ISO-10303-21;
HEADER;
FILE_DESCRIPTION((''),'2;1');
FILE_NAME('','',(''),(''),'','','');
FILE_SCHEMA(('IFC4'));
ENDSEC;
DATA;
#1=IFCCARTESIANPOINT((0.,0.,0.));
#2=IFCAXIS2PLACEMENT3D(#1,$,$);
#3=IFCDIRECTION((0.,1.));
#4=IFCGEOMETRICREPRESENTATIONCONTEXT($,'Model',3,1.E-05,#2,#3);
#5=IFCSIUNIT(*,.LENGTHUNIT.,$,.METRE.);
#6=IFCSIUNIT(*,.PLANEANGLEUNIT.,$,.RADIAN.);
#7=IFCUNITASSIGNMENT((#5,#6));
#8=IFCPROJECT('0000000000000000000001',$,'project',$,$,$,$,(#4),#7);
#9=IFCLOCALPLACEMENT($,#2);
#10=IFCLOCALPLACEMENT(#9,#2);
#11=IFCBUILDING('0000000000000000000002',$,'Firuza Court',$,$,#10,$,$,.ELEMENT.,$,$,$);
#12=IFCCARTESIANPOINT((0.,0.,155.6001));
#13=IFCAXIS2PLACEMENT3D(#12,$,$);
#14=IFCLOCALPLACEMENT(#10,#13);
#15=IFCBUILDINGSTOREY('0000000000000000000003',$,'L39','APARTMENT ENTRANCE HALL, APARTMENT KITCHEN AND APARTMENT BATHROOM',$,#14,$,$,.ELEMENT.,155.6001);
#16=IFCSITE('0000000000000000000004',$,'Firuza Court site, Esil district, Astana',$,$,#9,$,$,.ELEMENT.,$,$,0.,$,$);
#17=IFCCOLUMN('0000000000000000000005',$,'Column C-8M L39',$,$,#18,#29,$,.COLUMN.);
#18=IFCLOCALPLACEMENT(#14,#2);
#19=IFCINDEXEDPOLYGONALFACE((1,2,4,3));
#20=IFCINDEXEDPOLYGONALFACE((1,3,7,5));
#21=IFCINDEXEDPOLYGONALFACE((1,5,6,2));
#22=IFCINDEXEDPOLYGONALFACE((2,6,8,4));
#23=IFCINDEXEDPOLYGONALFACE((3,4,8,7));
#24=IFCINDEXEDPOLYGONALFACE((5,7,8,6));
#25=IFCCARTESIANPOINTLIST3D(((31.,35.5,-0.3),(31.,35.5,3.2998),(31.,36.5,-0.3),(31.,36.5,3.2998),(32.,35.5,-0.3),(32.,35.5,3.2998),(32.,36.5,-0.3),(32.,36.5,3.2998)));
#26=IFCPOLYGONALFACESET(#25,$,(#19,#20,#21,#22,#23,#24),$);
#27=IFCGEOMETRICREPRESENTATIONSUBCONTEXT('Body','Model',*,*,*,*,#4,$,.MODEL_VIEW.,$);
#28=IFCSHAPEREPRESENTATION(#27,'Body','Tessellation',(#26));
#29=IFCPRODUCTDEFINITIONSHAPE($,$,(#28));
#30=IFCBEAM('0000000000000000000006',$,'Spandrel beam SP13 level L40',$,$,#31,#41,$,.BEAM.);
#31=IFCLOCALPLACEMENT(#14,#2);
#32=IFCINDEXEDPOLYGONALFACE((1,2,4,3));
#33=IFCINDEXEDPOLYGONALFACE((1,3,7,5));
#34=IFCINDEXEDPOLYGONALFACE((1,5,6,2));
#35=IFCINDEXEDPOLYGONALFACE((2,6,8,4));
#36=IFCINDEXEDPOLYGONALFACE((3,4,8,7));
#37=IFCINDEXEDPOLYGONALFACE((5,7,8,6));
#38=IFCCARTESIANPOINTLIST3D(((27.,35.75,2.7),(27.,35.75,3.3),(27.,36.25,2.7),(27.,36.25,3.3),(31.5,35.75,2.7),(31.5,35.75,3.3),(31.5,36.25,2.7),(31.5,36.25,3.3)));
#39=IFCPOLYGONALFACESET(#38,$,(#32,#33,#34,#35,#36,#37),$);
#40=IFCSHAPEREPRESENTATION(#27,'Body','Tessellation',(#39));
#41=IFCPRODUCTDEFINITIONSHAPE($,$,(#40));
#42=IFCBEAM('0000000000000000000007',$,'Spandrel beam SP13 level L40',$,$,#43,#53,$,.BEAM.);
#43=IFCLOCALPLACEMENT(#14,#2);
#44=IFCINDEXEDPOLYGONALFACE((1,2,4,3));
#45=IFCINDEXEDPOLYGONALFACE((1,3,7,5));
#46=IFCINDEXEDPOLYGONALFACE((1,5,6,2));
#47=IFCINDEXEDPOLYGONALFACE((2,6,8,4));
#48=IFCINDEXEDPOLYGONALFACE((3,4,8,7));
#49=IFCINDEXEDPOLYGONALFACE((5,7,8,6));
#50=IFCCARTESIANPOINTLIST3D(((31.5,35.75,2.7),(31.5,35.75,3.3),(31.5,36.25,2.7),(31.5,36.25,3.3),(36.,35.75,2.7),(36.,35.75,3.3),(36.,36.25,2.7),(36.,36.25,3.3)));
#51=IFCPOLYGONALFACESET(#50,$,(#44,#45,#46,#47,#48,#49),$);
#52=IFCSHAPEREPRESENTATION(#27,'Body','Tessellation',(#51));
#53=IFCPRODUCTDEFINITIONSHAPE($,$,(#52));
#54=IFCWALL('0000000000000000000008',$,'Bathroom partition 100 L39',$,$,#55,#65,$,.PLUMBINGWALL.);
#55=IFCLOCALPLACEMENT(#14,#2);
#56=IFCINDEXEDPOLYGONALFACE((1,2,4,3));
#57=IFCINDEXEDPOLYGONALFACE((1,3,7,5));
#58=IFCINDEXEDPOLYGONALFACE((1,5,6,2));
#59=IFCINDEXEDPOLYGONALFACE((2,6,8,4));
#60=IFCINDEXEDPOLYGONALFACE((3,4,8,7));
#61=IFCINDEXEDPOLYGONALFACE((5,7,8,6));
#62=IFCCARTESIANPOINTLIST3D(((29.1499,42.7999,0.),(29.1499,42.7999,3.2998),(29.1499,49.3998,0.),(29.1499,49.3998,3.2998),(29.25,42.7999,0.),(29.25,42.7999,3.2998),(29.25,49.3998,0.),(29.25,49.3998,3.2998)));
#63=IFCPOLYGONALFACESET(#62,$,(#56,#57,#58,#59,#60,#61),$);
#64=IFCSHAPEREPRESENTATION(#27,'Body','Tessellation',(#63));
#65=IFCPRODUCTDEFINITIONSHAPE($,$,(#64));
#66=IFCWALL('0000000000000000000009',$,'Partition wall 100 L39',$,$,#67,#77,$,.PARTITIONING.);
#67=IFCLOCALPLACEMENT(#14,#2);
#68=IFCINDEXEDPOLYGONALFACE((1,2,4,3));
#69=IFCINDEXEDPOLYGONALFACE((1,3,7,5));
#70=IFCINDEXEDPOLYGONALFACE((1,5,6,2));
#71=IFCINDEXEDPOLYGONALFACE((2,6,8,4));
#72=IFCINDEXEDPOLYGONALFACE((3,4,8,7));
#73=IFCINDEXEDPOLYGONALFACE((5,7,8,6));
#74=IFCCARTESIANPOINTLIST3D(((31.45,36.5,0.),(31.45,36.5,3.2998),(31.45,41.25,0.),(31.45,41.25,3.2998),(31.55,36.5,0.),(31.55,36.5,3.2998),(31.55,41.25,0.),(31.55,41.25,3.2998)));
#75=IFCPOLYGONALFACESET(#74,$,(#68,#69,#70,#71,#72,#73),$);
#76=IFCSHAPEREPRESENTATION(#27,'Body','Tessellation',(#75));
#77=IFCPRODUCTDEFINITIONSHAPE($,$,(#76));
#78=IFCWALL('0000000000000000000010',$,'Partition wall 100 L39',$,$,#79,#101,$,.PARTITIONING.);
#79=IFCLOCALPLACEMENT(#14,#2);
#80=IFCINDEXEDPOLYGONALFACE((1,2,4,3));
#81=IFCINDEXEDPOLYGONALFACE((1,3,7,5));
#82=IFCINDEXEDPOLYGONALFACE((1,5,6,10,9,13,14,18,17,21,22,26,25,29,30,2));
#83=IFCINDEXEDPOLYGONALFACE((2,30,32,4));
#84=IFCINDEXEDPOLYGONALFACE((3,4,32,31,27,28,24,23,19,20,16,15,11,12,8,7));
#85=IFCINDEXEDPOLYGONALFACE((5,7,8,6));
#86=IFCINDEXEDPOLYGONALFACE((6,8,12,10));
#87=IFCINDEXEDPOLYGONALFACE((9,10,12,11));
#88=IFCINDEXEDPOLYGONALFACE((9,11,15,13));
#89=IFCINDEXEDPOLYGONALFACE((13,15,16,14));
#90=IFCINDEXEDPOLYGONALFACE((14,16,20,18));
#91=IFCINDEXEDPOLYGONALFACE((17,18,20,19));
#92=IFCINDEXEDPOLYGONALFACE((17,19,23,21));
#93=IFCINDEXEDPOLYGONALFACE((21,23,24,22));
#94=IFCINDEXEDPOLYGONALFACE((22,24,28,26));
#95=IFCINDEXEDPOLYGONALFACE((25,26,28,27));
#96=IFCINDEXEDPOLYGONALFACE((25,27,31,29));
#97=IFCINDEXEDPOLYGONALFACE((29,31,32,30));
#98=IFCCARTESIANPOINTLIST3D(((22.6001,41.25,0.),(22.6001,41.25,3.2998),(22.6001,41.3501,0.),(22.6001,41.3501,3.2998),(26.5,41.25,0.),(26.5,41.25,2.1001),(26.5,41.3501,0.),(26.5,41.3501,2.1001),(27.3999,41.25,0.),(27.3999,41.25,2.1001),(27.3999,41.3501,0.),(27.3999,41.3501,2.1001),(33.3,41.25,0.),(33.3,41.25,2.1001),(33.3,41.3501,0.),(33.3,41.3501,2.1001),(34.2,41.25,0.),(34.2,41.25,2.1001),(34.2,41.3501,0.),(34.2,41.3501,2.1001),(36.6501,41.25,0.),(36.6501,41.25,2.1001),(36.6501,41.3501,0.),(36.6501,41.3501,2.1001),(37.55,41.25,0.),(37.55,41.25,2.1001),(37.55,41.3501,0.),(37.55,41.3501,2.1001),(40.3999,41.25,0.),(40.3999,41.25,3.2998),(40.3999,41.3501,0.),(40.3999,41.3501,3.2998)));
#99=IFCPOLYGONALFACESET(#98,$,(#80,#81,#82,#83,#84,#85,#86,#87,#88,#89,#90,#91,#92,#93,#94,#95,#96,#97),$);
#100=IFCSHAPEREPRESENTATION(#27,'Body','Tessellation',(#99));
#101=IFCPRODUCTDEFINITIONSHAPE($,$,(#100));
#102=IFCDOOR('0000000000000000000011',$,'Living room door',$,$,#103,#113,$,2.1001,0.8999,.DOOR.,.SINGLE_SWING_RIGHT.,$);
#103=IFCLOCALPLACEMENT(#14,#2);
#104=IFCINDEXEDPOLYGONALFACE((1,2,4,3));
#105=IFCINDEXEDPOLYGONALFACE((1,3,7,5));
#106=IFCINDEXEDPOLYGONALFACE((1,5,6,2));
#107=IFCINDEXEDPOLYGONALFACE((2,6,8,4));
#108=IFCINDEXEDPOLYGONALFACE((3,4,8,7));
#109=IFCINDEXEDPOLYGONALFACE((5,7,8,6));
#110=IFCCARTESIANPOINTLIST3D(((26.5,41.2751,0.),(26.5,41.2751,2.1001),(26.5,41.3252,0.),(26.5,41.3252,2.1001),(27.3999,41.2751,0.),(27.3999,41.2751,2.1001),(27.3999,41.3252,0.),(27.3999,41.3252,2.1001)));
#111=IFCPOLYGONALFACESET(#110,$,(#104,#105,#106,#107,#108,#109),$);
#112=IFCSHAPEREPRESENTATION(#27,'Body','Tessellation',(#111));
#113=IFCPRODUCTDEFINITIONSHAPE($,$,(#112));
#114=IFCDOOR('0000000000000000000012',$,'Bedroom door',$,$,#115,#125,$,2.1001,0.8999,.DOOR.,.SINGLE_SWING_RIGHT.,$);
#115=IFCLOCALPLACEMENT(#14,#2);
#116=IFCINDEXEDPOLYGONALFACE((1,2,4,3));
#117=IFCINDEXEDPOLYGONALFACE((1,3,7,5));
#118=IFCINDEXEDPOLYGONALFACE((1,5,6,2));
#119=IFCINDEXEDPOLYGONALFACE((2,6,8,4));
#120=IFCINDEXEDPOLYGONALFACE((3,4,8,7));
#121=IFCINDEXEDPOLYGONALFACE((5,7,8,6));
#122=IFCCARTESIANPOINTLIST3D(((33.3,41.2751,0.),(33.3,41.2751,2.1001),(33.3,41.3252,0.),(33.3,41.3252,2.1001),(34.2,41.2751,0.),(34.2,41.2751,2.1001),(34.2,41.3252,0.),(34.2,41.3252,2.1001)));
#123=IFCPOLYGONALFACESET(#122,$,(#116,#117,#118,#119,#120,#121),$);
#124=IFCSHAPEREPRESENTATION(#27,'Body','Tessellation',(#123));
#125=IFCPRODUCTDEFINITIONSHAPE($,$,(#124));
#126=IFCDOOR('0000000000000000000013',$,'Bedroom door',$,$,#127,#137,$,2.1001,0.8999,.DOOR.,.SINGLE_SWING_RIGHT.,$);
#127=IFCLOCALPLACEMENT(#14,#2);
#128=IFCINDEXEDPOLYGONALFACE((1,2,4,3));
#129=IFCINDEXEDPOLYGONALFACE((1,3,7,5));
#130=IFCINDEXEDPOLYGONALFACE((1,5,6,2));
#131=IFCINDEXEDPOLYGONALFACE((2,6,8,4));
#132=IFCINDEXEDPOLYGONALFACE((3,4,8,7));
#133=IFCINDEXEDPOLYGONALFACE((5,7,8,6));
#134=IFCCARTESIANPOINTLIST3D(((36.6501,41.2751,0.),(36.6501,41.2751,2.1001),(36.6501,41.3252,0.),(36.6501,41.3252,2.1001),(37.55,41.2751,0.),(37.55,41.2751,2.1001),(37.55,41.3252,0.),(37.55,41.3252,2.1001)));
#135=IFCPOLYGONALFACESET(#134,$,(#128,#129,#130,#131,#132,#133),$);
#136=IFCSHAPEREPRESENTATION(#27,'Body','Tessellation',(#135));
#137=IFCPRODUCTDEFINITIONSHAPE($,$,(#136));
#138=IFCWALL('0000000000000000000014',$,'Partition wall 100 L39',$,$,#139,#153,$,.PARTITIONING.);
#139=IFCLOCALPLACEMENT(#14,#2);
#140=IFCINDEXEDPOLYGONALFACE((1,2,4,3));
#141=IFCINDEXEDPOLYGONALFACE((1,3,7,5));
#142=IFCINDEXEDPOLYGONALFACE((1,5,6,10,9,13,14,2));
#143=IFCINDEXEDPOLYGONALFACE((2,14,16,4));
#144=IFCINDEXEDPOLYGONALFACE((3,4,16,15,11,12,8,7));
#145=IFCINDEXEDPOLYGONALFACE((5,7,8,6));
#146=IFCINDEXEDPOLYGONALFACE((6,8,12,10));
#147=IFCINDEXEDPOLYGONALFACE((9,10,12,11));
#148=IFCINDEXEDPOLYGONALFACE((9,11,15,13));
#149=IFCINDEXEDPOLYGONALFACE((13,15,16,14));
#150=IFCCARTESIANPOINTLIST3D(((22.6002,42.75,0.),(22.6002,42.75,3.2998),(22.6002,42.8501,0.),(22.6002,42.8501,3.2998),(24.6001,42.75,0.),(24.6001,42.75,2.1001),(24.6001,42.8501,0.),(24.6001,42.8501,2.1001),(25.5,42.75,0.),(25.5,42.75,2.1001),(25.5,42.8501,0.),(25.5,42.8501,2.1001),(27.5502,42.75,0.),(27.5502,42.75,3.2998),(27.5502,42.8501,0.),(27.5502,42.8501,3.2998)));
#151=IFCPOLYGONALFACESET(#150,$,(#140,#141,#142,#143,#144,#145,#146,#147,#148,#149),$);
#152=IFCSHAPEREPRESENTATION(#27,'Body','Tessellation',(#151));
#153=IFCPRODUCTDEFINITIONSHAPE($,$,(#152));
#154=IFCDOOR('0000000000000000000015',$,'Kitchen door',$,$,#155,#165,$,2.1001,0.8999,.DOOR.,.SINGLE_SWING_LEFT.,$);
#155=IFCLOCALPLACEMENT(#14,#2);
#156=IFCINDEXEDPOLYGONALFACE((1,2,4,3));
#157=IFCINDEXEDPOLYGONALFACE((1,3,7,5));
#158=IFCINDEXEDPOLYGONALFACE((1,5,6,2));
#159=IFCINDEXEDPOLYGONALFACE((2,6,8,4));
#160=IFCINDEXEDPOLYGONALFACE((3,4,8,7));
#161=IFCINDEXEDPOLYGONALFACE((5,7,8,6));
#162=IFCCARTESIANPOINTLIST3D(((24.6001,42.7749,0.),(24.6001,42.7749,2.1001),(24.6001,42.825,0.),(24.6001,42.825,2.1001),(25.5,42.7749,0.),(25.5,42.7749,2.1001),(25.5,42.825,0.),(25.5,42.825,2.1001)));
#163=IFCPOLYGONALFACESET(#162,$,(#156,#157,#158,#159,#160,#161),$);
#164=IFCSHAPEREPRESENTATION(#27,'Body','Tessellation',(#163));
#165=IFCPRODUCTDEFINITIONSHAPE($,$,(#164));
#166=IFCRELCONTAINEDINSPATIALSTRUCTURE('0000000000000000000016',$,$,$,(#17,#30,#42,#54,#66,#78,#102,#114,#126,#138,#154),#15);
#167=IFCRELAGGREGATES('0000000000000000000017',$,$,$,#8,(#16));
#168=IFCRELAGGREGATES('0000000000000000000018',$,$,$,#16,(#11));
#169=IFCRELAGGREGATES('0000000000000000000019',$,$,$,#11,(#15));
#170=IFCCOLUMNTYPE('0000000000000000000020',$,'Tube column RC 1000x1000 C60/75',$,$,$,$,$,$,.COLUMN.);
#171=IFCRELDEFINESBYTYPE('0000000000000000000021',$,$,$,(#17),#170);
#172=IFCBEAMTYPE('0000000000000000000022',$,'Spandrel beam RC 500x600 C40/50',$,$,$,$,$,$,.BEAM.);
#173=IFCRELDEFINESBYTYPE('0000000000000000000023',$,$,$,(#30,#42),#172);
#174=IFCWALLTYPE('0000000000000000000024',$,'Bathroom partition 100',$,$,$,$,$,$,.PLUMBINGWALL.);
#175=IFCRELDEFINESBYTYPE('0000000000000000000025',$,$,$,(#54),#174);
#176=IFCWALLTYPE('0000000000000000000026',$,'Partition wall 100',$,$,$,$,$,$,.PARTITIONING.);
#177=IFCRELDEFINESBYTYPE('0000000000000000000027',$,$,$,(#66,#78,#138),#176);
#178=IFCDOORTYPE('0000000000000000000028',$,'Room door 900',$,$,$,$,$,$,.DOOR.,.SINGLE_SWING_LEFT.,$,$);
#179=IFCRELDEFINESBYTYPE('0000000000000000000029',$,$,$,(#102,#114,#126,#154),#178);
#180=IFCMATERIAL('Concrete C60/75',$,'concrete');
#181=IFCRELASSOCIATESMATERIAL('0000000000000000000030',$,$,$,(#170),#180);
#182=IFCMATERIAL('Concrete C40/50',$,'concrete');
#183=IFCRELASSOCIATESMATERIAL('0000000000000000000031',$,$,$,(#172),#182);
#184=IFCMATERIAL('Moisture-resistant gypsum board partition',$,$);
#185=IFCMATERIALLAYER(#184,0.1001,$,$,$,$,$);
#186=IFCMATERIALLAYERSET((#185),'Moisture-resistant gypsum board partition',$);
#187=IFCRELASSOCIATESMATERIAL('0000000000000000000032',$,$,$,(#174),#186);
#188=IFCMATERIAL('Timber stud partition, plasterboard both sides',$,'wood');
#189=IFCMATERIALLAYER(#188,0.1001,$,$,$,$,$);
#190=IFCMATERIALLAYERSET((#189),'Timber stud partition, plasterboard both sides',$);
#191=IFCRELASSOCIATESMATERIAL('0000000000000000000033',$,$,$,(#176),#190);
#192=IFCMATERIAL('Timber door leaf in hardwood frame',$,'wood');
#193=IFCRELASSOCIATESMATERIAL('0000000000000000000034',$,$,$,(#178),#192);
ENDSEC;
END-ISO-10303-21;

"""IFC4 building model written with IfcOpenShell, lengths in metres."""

from ifc_helpers import new_model, si_unit, direction, frame, frame_2d, origin, origin_2d, place, context, subcontext, project, spatial, rectangle, extrude, material, layer, layer_set, material_profile, profile_set, type_object, element, fill, save


model = new_model("IFC4")

# Units and contexts
model_context = context("Model", 3, precision=1e-05, world=origin(), true_north=direction((0.0, 1.0)))
body_context = subcontext(model_context, "Body", "Model", "MODEL_VIEW")
ifc_project = project(units=[si_unit("LENGTHUNIT", "METRE"), si_unit("PLANEANGLEUNIT", "RADIAN")], contexts=[model_context])

# Site, building, storey
site_placement = place(None, origin())
site = spatial("IfcSite", under=ifc_project, at=site_placement, Name="Firuza Court site, Esil district, Astana", CompositionType="ELEMENT", RefElevation=0.0)
building_placement = place(site_placement, origin())
building = spatial("IfcBuilding", under=site, at=building_placement, Name="Firuza Court", CompositionType="ELEMENT")
storey_placement = place(building_placement, frame((0.0, 0.0, 155.6001)))
storey = spatial("IfcBuildingStorey", under=building, at=storey_placement, Name="L39", Description="APARTMENT ENTRANCE HALL, APARTMENT KITCHEN AND APARTMENT BATHROOM", CompositionType="ELEMENT", Elevation=155.6001)

# Column
ifc_material_1 = material(Name="Concrete C60/75", Category="concrete")
ifc_material_profile_1 = material_profile(ifc_material_1, rectangle(XDim=1.0, YDim=1.0, at=origin_2d()), Name="RC 1000x1000")
ifc_profile_set_1 = profile_set([ifc_material_profile_1], Name="Concrete C60/75")
column_type = type_object("IfcColumnType", Name="Tube column RC 1000x1000 C60/75", PredefinedType="COLUMN", material=ifc_profile_set_1)
column_placement = place(storey_placement, frame((31.5, 36.0, -0.3), z_axis=(0.0, 0.0, 1.0), x_axis=(1.0, 0.0, 0.0)))
element("IfcColumn", 1, at=column_placement, inside=storey, type_object=column_type, Name="Column C-8M L39", PredefinedType="COLUMN", context=body_context, shape_type="SweptSolid", body=[
    extrude(rectangle(XDim=1.0, YDim=1.0, at=origin_2d()), origin(), (0.0, 0.0, 1.0), 3.5999),
])

# Beams
ifc_material_2 = material(Name="Concrete C40/50", Category="concrete")
ifc_material_profile_2 = material_profile(ifc_material_2, rectangle(XDim=0.5, YDim=0.6001, at=origin_2d()), Name="RC 500x600")
ifc_profile_set_2 = profile_set([ifc_material_profile_2], Name="Concrete C40/50")
beam_type = type_object("IfcBeamType", Name="Spandrel beam RC 500x600 C40/50", PredefinedType="BEAM", material=ifc_profile_set_2)
for number, where, z_axis, x_axis, name in (
    (2, (27.0, 36.0, 3.0), (1.0, 0.0, 0.0), (0.0, 1.0, 0.0), "Spandrel beam SP13 level L40"),
    (3, (31.5, 36.0, 3.0), (1.0, 0.0, 0.0), (0.0, 1.0, 0.0), "Spandrel beam SP13 level L40"),
):
    element("IfcBeam", number, at=place(storey_placement, frame(where, z_axis=z_axis, x_axis=x_axis)), inside=storey, type_object=beam_type, Name=name, PredefinedType="BEAM", context=body_context, shape_type="SweptSolid", body=[
        extrude(rectangle(XDim=0.5, YDim=0.6001, at=origin_2d()), origin(), (0.0, 0.0, 1.0), 4.5),
    ])

# Walls
ifc_material_3 = material(Name="Moisture-resistant gypsum board partition")
ifc_layer_1 = layer(ifc_material_3, 0.1001)
ifc_layer_set_1 = layer_set([ifc_layer_1], Name="Moisture-resistant gypsum board partition")
wall_type_1 = type_object("IfcWallType", Name="Bathroom partition 100", PredefinedType="PLUMBINGWALL", material=ifc_layer_set_1)
wall_1_placement = place(storey_placement, frame((29.2, 42.8, 0.0), z_axis=(0.0, 0.0, 1.0), x_axis=(0.0, 1.0, 0.0)))
element("IfcWall", 4, at=wall_1_placement, inside=storey, type_object=wall_type_1, Name="Bathroom partition 100 L39", PredefinedType="PLUMBINGWALL", context=body_context, shape_type="SweptSolid", body=[
    extrude(rectangle(XDim=6.5999, YDim=0.1001, at=frame_2d((3.2998, 0.0))), origin(), (0.0, 0.0, 1.0), 3.2998),
])
ifc_material_4 = material(Name="Timber stud partition, plasterboard both sides", Category="wood")
ifc_layer_2 = layer(ifc_material_4, 0.1001)
ifc_layer_set_2 = layer_set([ifc_layer_2], Name="Timber stud partition, plasterboard both sides")
wall_type_2 = type_object("IfcWallType", Name="Partition wall 100", PredefinedType="PARTITIONING", material=ifc_layer_set_2)
wall_2_placement = place(storey_placement, frame((31.5, 36.5, 0.0), z_axis=(0.0, 0.0, 1.0), x_axis=(0.0, 1.0, 0.0)))
element("IfcWall", 5, at=wall_2_placement, inside=storey, type_object=wall_type_2, Name="Partition wall 100 L39", PredefinedType="PARTITIONING", context=body_context, shape_type="SweptSolid", body=[
    extrude(rectangle(XDim=4.75, YDim=0.1001, at=frame_2d((2.375, 0.0))), origin(), (0.0, 0.0, 1.0), 3.2998),
])

# Wall, openings, doors
wall_3_placement = place(storey_placement, frame((22.6001, 41.3, 0.0), z_axis=(0.0, 0.0, 1.0), x_axis=(1.0, 0.0, 0.0)))
wall_3 = element("IfcWall", 6, at=wall_3_placement, inside=storey, type_object=wall_type_2, Name="Partition wall 100 L39", PredefinedType="PARTITIONING", context=body_context, shape_type="SweptSolid", body=[
    extrude(rectangle(XDim=17.7998, YDim=0.1001, at=frame_2d((8.8999, 0.0))), origin(), (0.0, 0.0, 1.0), 3.2998),
])
opening_1_placement = place(wall_3_placement, frame((3.8999, 0.0, 0.0)))
opening_1 = element("IfcOpeningElement", 7, at=opening_1_placement, cuts=wall_3, PredefinedType="OPENING", context=body_context, shape_type="SweptSolid", body=[
    extrude(rectangle(XDim=0.8999, YDim=2.1001, at=frame_2d((0.45, 1.05))), frame((0.0, 0.062, 0.0), z_axis=(0.0, -1.0, 0.0), x_axis=(1.0, 0.0, 0.0)), (0.0, 0.0, 1.0), 0.124),
])
opening_2_placement = place(wall_3_placement, frame((10.7, 0.0, 0.0)))
opening_2 = element("IfcOpeningElement", 8, at=opening_2_placement, cuts=wall_3, PredefinedType="OPENING", context=body_context, shape_type="SweptSolid", body=[
    extrude(rectangle(XDim=0.8999, YDim=2.1001, at=frame_2d((0.45, 1.05))), frame((0.0, 0.062, 0.0), z_axis=(0.0, -1.0, 0.0), x_axis=(1.0, 0.0, 0.0)), (0.0, 0.0, 1.0), 0.124),
])
opening_3_placement = place(wall_3_placement, frame((14.05, 0.0, 0.0)))
opening_3 = element("IfcOpeningElement", 9, at=opening_3_placement, cuts=wall_3, PredefinedType="OPENING", context=body_context, shape_type="SweptSolid", body=[
    extrude(rectangle(XDim=0.8999, YDim=2.1001, at=frame_2d((0.45, 1.05))), frame((0.0, 0.062, 0.0), z_axis=(0.0, -1.0, 0.0), x_axis=(1.0, 0.0, 0.0)), (0.0, 0.0, 1.0), 0.124),
])
ifc_material_5 = material(Name="Timber door leaf in hardwood frame", Category="wood")
door_type_1 = type_object("IfcDoorType", Name="Room door 900", OperationType="SINGLE_SWING_LEFT", PredefinedType="DOOR", material=ifc_material_5)
door_1_placement = place(opening_1_placement, frame((0.8999, 0.0, 0.0), z_axis=(0.0, 0.0, 1.0), x_axis=(-1.0, 0.0, 0.0)))
door_1 = element("IfcDoor", 10, at=door_1_placement, inside=storey, type_object=door_type_1, Name="Living room door", OperationType="SINGLE_SWING_RIGHT", OverallHeight=2.1001, OverallWidth=0.8999, PredefinedType="DOOR", context=body_context, shape_type="SweptSolid", body=[
    extrude(rectangle(XDim=0.8999, YDim=2.1001, at=frame_2d((0.45, 1.05))), frame((0.0, 0.0249, 0.0), z_axis=(0.0, -1.0, 0.0), x_axis=(1.0, 0.0, 0.0)), (0.0, 0.0, 1.0), 0.05),
])
fill(opening_1, door_1)
door_2_placement = place(opening_2_placement, frame((0.8999, 0.0, 0.0), z_axis=(0.0, 0.0, 1.0), x_axis=(-1.0, 0.0, 0.0)))
door_2 = element("IfcDoor", 11, at=door_2_placement, inside=storey, type_object=door_type_1, Name="Bedroom door", OperationType="SINGLE_SWING_RIGHT", OverallHeight=2.1001, OverallWidth=0.8999, PredefinedType="DOOR", context=body_context, shape_type="SweptSolid", body=[
    extrude(rectangle(XDim=0.8999, YDim=2.1001, at=frame_2d((0.45, 1.05))), frame((0.0, 0.0249, 0.0), z_axis=(0.0, -1.0, 0.0), x_axis=(1.0, 0.0, 0.0)), (0.0, 0.0, 1.0), 0.05),
])
fill(opening_2, door_2)
door_3_placement = place(opening_3_placement, frame((0.8999, 0.0, 0.0), z_axis=(0.0, 0.0, 1.0), x_axis=(-1.0, 0.0, 0.0)))
door_3 = element("IfcDoor", 12, at=door_3_placement, inside=storey, type_object=door_type_1, Name="Bedroom door", OperationType="SINGLE_SWING_RIGHT", OverallHeight=2.1001, OverallWidth=0.8999, PredefinedType="DOOR", context=body_context, shape_type="SweptSolid", body=[
    extrude(rectangle(XDim=0.8999, YDim=2.1001, at=frame_2d((0.45, 1.05))), frame((0.0, 0.0249, 0.0), z_axis=(0.0, -1.0, 0.0), x_axis=(1.0, 0.0, 0.0)), (0.0, 0.0, 1.0), 0.05),
])
fill(opening_3, door_3)

# Wall, opening, door
wall_4_placement = place(storey_placement, frame((22.6001, 42.8, 0.0), z_axis=(0.0, 0.0, 1.0), x_axis=(1.0, 0.0, 0.0)))
wall_4 = element("IfcWall", 13, at=wall_4_placement, inside=storey, type_object=wall_type_2, Name="Partition wall 100 L39", PredefinedType="PARTITIONING", context=body_context, shape_type="SweptSolid", body=[
    extrude(rectangle(XDim=4.95, YDim=0.1001, at=frame_2d((2.4751, 0.0))), origin(), (0.0, 0.0, 1.0), 3.2998),
])
opening_4_placement = place(wall_4_placement, frame((2.0, 0.0, 0.0)))
opening_4 = element("IfcOpeningElement", 14, at=opening_4_placement, cuts=wall_4, PredefinedType="OPENING", context=body_context, shape_type="SweptSolid", body=[
    extrude(rectangle(XDim=0.8999, YDim=2.1001, at=frame_2d((0.45, 1.05))), frame((0.0, 0.062, 0.0), z_axis=(0.0, -1.0, 0.0), x_axis=(1.0, 0.0, 0.0)), (0.0, 0.0, 1.0), 0.124),
])
door_4_placement = place(opening_4_placement, origin())
door_4 = element("IfcDoor", 15, at=door_4_placement, inside=storey, type_object=door_type_1, Name="Kitchen door", OperationType="SINGLE_SWING_LEFT", OverallHeight=2.1001, OverallWidth=0.8999, PredefinedType="DOOR", context=body_context, shape_type="SweptSolid", body=[
    extrude(rectangle(XDim=0.8999, YDim=2.1001, at=frame_2d((0.45, 1.05))), frame((0.0, 0.0249, 0.0), z_axis=(0.0, -1.0, 0.0), x_axis=(1.0, 0.0, 0.0)), (0.0, 0.0, 1.0), 0.05),
])
fill(opening_4, door_4)

save(model, "model.ifc")
